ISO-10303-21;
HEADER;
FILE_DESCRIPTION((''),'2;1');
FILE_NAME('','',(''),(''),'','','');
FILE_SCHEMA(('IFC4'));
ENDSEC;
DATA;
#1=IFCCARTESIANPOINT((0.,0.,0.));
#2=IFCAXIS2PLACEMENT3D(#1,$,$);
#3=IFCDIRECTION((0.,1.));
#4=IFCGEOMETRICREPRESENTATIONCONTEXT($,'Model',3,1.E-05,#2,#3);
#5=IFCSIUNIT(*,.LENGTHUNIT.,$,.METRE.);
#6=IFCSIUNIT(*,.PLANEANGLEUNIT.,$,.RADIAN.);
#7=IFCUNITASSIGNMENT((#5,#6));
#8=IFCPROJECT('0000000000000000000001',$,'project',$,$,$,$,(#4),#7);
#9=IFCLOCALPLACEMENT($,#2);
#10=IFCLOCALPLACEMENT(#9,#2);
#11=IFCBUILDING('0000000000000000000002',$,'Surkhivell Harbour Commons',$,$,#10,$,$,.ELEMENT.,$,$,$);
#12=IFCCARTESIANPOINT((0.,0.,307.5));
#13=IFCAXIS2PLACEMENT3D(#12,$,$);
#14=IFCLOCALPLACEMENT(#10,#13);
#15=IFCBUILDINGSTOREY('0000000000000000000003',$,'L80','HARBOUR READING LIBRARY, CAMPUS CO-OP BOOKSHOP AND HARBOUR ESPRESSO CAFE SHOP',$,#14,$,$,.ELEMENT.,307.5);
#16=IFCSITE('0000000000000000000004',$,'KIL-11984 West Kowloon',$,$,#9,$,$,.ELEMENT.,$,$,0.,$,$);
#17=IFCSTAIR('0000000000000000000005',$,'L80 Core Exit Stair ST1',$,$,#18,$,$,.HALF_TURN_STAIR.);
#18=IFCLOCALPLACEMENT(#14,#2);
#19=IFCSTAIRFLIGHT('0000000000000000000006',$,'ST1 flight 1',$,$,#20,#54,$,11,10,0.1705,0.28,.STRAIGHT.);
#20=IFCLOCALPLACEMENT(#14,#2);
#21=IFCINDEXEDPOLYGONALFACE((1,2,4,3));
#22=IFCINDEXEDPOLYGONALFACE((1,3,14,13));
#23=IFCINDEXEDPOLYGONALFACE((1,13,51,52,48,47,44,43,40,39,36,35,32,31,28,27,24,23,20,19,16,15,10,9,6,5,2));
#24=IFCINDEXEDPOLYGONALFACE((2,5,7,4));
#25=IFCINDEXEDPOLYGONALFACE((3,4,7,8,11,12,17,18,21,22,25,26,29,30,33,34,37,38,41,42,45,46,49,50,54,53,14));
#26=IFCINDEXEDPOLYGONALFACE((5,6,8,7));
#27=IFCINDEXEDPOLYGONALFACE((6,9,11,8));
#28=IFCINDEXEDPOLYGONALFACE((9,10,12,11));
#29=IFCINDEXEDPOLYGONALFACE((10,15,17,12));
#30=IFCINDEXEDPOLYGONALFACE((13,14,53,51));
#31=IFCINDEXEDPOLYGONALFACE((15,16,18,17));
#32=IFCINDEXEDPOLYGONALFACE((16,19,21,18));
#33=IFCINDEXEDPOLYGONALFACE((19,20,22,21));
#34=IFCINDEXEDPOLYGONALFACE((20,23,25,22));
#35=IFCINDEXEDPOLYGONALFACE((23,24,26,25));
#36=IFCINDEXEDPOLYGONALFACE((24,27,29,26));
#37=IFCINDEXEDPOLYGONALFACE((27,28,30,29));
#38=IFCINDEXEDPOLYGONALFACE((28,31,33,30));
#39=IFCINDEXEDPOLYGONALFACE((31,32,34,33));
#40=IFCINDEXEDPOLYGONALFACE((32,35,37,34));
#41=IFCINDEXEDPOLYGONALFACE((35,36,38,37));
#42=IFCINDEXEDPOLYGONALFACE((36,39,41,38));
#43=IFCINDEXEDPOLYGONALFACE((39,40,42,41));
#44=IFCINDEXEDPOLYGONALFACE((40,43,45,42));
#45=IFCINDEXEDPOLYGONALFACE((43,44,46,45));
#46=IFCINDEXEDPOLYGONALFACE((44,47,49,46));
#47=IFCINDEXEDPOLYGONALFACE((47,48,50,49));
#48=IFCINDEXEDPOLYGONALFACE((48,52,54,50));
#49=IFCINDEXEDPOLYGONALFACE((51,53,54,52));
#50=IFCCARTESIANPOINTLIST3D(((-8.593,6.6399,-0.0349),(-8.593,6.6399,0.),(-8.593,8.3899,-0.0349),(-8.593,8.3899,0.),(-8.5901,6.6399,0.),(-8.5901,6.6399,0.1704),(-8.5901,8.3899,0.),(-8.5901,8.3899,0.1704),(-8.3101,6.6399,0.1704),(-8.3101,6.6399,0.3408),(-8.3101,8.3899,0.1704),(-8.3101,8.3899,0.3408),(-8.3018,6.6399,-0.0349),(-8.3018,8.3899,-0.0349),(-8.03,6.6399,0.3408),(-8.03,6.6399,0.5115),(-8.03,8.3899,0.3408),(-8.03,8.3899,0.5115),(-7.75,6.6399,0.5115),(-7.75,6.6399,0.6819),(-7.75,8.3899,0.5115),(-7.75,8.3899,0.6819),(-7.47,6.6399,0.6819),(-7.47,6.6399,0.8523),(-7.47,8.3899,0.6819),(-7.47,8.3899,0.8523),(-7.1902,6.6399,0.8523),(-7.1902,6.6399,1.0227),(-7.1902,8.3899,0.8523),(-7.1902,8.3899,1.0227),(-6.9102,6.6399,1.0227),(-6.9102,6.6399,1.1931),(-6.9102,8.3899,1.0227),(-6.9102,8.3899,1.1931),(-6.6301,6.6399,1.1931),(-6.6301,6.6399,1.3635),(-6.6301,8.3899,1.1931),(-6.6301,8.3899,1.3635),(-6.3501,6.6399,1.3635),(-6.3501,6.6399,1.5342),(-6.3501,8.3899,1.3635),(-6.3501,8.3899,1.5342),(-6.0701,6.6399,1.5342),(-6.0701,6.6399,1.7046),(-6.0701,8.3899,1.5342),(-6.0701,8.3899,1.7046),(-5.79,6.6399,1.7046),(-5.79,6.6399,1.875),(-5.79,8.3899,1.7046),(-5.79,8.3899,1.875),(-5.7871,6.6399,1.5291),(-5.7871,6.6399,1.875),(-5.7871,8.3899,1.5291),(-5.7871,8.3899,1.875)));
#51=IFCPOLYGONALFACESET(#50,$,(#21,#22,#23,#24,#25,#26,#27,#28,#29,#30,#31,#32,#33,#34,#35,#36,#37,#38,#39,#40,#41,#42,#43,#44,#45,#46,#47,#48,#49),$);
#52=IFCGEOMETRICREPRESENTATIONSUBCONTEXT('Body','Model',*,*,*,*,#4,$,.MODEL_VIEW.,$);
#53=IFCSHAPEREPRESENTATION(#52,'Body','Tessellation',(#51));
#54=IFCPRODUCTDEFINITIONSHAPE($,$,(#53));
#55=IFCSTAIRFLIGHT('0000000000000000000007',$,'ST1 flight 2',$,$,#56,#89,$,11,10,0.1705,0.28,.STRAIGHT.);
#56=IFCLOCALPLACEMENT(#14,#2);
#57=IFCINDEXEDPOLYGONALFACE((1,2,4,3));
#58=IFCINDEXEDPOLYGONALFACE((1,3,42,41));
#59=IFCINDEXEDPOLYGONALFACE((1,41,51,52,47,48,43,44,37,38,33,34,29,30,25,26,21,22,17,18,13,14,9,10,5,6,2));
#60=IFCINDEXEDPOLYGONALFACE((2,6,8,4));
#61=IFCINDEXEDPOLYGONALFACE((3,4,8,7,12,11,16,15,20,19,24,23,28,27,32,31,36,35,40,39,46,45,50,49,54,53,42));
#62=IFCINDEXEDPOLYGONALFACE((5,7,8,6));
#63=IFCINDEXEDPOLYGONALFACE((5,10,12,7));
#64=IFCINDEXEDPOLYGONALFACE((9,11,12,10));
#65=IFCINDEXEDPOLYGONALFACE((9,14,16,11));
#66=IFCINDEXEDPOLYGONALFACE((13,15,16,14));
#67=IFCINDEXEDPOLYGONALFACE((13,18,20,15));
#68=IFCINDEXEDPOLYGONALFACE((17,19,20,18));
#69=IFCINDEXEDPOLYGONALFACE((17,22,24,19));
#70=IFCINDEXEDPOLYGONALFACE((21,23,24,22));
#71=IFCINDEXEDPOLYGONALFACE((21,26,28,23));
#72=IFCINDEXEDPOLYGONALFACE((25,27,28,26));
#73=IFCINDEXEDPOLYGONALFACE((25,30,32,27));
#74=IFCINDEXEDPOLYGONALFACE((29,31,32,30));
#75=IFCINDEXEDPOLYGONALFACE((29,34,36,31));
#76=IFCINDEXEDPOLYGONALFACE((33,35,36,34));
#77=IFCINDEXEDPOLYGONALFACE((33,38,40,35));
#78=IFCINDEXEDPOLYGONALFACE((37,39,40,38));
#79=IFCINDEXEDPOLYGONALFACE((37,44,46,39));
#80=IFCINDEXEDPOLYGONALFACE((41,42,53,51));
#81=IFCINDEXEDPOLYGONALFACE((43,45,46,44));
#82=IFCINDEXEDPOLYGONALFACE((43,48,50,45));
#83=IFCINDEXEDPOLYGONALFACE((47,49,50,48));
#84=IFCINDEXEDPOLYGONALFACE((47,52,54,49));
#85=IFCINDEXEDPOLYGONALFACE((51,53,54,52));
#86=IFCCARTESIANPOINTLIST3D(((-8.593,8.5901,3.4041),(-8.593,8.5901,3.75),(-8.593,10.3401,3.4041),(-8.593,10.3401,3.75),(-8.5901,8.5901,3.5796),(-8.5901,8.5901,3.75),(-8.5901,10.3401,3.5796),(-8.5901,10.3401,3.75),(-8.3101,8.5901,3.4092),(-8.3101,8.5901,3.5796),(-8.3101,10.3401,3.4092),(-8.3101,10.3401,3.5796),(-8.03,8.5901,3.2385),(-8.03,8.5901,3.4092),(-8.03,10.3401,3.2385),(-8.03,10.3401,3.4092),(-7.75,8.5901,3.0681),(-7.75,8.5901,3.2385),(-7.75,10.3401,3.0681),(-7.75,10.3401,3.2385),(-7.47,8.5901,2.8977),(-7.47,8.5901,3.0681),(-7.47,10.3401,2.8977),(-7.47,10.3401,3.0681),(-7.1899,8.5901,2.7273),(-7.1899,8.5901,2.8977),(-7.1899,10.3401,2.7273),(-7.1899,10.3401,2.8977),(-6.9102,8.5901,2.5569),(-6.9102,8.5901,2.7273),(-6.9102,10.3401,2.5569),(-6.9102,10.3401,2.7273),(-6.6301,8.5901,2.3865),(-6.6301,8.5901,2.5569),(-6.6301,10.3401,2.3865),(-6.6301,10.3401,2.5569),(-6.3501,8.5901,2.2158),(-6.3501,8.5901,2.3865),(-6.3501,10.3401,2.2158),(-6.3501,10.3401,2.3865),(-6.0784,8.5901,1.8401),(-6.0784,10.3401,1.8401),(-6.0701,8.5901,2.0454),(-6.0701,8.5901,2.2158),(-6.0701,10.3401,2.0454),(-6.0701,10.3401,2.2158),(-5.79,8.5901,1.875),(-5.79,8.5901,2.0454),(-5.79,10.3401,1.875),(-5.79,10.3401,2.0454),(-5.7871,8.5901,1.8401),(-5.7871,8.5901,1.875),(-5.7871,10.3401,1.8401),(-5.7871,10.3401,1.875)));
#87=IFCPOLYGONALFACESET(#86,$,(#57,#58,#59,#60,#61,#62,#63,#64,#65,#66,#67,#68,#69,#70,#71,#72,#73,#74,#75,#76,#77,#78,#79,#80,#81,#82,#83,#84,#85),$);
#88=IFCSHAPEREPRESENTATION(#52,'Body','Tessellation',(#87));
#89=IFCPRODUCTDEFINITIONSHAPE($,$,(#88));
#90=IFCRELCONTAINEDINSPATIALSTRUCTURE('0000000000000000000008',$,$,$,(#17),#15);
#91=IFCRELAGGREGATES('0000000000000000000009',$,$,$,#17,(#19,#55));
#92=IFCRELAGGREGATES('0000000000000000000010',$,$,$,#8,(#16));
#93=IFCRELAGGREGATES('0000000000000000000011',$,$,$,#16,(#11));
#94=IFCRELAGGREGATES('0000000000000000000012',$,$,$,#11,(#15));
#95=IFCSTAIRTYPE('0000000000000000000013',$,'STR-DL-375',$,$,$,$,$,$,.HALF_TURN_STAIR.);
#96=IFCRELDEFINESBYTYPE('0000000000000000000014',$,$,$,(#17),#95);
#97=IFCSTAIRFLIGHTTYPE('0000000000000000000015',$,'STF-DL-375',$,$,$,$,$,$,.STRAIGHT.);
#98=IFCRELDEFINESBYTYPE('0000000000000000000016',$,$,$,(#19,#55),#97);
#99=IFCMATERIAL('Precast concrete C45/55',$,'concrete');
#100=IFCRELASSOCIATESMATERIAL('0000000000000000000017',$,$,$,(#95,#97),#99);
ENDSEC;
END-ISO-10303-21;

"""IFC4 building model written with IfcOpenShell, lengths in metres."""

from ifc_helpers import new_model, si_unit, direction, frame, origin, place, context, subcontext, project, spatial, polyline, outline, extrude, material, type_object, element, aggregate, save


model = new_model("IFC4")

# Units and contexts
model_context = context("Model", 3, precision=1e-05, world=origin(), true_north=direction((0.0, 1.0)))
body_context = subcontext(model_context, "Body", "Model", "MODEL_VIEW")
ifc_project = project(units=[si_unit("LENGTHUNIT", "METRE"), si_unit("PLANEANGLEUNIT", "RADIAN")], contexts=[model_context])

# Site, building, storey
site_placement = place(None, origin())
site = spatial("IfcSite", under=ifc_project, at=site_placement, Name="KIL-11984 West Kowloon", CompositionType="ELEMENT", RefElevation=0.0)
building_placement = place(site_placement, origin())
building = spatial("IfcBuilding", under=site, at=building_placement, Name="Surkhivell Harbour Commons", CompositionType="ELEMENT")
storey_placement = place(building_placement, frame((0.0, 0.0, 307.5)))
storey = spatial("IfcBuildingStorey", under=building, at=storey_placement, Name="L80", Description="HARBOUR READING LIBRARY, CAMPUS CO-OP BOOKSHOP AND HARBOUR ESPRESSO CAFE SHOP", CompositionType="ELEMENT", Elevation=307.5)

# Stair, stair flights
ifc_material_1 = material(Name="Precast concrete C45/55", Category="concrete")
stair_type = type_object("IfcStairType", Name="STR-DL-375", PredefinedType="HALF_TURN_STAIR", material=ifc_material_1)
stair_placement = place(storey_placement, origin())
stair = element("IfcStair", 1, at=stair_placement, inside=storey, type_object=stair_type, Name="L80 Core Exit Stair ST1", PredefinedType="HALF_TURN_STAIR")
stair_flight_type = type_object("IfcStairFlightType", Name="STF-DL-375", PredefinedType="STRAIGHT", material=ifc_material_1)
stair_flight_1_placement = place(storey_placement, frame((-8.5901, 7.5149, 0.0), z_axis=(0.0, 0.0, 1.0), x_axis=(1.0, 0.0, 0.0)))
stair_flight_1 = element("IfcStairFlight", 2, at=stair_flight_1_placement, type_object=stair_flight_type, Name="ST1 flight 1", NumberOfRisers=11, NumberOfTreads=10, PredefinedType="STRAIGHT", RiserHeight=0.1705, TreadLength=0.28, context=body_context, shape_type="SweptSolid", body=[
    extrude(outline(polyline([(-0.0029, -0.0349), (-0.0029, 0.0), (0.0, 0.0), (0.0, 0.1704), (0.28, 0.1704), (0.28, 0.3408), (0.5601, 0.3408), (0.5601, 0.5115), (0.8401, 0.5115), (0.8401, 0.6819), (1.1201, 0.6819), (1.1201, 0.8523), (1.3999, 0.8523), (1.3999, 1.0227), (1.6799, 1.0227), (1.6799, 1.1931), (1.96, 1.1931), (1.96, 1.3635), (2.24, 1.3635), (2.24, 1.5342), (2.52, 1.5342), (2.52, 1.7046), (2.8, 1.7046), (2.8, 1.875), (2.803, 1.875), (2.803, 1.5291), (0.2883, -0.0349), (-0.0029, -0.0349)])), frame((0.0, 0.875, 0.0), z_axis=(0.0, -1.0, 0.0), x_axis=(1.0, 0.0, 0.0)), (0.0, 0.0, 1.0), 1.75),
])
stair_flight_2_placement = place(storey_placement, frame((-5.79, 9.4651, 1.875), z_axis=(0.0, 0.0, 1.0), x_axis=(-1.0, 0.0, 0.0)))
stair_flight_2 = element("IfcStairFlight", 3, at=stair_flight_2_placement, type_object=stair_flight_type, Name="ST1 flight 2", NumberOfRisers=11, NumberOfTreads=10, PredefinedType="STRAIGHT", RiserHeight=0.1705, TreadLength=0.28, context=body_context, shape_type="SweptSolid", body=[
    extrude(outline(polyline([(-0.0029, -0.0349), (-0.0029, 0.0), (0.0, 0.0), (0.0, 0.1704), (0.28, 0.1704), (0.28, 0.3408), (0.5601, 0.3408), (0.5601, 0.5115), (0.8401, 0.5115), (0.8401, 0.6819), (1.1201, 0.6819), (1.1201, 0.8523), (1.3999, 0.8523), (1.3999, 1.0227), (1.6799, 1.0227), (1.6799, 1.1931), (1.96, 1.1931), (1.96, 1.3635), (2.24, 1.3635), (2.24, 1.5342), (2.52, 1.5342), (2.52, 1.7046), (2.8, 1.7046), (2.8, 1.875), (2.803, 1.875), (2.803, 1.5291), (0.2883, -0.0349), (-0.0029, -0.0349)])), frame((0.0, 0.875, 0.0), z_axis=(0.0, -1.0, 0.0), x_axis=(1.0, 0.0, 0.0)), (0.0, 0.0, 1.0), 1.75),
])
aggregate(stair, [stair_flight_1, stair_flight_2])

save(model, "model.ifc")
